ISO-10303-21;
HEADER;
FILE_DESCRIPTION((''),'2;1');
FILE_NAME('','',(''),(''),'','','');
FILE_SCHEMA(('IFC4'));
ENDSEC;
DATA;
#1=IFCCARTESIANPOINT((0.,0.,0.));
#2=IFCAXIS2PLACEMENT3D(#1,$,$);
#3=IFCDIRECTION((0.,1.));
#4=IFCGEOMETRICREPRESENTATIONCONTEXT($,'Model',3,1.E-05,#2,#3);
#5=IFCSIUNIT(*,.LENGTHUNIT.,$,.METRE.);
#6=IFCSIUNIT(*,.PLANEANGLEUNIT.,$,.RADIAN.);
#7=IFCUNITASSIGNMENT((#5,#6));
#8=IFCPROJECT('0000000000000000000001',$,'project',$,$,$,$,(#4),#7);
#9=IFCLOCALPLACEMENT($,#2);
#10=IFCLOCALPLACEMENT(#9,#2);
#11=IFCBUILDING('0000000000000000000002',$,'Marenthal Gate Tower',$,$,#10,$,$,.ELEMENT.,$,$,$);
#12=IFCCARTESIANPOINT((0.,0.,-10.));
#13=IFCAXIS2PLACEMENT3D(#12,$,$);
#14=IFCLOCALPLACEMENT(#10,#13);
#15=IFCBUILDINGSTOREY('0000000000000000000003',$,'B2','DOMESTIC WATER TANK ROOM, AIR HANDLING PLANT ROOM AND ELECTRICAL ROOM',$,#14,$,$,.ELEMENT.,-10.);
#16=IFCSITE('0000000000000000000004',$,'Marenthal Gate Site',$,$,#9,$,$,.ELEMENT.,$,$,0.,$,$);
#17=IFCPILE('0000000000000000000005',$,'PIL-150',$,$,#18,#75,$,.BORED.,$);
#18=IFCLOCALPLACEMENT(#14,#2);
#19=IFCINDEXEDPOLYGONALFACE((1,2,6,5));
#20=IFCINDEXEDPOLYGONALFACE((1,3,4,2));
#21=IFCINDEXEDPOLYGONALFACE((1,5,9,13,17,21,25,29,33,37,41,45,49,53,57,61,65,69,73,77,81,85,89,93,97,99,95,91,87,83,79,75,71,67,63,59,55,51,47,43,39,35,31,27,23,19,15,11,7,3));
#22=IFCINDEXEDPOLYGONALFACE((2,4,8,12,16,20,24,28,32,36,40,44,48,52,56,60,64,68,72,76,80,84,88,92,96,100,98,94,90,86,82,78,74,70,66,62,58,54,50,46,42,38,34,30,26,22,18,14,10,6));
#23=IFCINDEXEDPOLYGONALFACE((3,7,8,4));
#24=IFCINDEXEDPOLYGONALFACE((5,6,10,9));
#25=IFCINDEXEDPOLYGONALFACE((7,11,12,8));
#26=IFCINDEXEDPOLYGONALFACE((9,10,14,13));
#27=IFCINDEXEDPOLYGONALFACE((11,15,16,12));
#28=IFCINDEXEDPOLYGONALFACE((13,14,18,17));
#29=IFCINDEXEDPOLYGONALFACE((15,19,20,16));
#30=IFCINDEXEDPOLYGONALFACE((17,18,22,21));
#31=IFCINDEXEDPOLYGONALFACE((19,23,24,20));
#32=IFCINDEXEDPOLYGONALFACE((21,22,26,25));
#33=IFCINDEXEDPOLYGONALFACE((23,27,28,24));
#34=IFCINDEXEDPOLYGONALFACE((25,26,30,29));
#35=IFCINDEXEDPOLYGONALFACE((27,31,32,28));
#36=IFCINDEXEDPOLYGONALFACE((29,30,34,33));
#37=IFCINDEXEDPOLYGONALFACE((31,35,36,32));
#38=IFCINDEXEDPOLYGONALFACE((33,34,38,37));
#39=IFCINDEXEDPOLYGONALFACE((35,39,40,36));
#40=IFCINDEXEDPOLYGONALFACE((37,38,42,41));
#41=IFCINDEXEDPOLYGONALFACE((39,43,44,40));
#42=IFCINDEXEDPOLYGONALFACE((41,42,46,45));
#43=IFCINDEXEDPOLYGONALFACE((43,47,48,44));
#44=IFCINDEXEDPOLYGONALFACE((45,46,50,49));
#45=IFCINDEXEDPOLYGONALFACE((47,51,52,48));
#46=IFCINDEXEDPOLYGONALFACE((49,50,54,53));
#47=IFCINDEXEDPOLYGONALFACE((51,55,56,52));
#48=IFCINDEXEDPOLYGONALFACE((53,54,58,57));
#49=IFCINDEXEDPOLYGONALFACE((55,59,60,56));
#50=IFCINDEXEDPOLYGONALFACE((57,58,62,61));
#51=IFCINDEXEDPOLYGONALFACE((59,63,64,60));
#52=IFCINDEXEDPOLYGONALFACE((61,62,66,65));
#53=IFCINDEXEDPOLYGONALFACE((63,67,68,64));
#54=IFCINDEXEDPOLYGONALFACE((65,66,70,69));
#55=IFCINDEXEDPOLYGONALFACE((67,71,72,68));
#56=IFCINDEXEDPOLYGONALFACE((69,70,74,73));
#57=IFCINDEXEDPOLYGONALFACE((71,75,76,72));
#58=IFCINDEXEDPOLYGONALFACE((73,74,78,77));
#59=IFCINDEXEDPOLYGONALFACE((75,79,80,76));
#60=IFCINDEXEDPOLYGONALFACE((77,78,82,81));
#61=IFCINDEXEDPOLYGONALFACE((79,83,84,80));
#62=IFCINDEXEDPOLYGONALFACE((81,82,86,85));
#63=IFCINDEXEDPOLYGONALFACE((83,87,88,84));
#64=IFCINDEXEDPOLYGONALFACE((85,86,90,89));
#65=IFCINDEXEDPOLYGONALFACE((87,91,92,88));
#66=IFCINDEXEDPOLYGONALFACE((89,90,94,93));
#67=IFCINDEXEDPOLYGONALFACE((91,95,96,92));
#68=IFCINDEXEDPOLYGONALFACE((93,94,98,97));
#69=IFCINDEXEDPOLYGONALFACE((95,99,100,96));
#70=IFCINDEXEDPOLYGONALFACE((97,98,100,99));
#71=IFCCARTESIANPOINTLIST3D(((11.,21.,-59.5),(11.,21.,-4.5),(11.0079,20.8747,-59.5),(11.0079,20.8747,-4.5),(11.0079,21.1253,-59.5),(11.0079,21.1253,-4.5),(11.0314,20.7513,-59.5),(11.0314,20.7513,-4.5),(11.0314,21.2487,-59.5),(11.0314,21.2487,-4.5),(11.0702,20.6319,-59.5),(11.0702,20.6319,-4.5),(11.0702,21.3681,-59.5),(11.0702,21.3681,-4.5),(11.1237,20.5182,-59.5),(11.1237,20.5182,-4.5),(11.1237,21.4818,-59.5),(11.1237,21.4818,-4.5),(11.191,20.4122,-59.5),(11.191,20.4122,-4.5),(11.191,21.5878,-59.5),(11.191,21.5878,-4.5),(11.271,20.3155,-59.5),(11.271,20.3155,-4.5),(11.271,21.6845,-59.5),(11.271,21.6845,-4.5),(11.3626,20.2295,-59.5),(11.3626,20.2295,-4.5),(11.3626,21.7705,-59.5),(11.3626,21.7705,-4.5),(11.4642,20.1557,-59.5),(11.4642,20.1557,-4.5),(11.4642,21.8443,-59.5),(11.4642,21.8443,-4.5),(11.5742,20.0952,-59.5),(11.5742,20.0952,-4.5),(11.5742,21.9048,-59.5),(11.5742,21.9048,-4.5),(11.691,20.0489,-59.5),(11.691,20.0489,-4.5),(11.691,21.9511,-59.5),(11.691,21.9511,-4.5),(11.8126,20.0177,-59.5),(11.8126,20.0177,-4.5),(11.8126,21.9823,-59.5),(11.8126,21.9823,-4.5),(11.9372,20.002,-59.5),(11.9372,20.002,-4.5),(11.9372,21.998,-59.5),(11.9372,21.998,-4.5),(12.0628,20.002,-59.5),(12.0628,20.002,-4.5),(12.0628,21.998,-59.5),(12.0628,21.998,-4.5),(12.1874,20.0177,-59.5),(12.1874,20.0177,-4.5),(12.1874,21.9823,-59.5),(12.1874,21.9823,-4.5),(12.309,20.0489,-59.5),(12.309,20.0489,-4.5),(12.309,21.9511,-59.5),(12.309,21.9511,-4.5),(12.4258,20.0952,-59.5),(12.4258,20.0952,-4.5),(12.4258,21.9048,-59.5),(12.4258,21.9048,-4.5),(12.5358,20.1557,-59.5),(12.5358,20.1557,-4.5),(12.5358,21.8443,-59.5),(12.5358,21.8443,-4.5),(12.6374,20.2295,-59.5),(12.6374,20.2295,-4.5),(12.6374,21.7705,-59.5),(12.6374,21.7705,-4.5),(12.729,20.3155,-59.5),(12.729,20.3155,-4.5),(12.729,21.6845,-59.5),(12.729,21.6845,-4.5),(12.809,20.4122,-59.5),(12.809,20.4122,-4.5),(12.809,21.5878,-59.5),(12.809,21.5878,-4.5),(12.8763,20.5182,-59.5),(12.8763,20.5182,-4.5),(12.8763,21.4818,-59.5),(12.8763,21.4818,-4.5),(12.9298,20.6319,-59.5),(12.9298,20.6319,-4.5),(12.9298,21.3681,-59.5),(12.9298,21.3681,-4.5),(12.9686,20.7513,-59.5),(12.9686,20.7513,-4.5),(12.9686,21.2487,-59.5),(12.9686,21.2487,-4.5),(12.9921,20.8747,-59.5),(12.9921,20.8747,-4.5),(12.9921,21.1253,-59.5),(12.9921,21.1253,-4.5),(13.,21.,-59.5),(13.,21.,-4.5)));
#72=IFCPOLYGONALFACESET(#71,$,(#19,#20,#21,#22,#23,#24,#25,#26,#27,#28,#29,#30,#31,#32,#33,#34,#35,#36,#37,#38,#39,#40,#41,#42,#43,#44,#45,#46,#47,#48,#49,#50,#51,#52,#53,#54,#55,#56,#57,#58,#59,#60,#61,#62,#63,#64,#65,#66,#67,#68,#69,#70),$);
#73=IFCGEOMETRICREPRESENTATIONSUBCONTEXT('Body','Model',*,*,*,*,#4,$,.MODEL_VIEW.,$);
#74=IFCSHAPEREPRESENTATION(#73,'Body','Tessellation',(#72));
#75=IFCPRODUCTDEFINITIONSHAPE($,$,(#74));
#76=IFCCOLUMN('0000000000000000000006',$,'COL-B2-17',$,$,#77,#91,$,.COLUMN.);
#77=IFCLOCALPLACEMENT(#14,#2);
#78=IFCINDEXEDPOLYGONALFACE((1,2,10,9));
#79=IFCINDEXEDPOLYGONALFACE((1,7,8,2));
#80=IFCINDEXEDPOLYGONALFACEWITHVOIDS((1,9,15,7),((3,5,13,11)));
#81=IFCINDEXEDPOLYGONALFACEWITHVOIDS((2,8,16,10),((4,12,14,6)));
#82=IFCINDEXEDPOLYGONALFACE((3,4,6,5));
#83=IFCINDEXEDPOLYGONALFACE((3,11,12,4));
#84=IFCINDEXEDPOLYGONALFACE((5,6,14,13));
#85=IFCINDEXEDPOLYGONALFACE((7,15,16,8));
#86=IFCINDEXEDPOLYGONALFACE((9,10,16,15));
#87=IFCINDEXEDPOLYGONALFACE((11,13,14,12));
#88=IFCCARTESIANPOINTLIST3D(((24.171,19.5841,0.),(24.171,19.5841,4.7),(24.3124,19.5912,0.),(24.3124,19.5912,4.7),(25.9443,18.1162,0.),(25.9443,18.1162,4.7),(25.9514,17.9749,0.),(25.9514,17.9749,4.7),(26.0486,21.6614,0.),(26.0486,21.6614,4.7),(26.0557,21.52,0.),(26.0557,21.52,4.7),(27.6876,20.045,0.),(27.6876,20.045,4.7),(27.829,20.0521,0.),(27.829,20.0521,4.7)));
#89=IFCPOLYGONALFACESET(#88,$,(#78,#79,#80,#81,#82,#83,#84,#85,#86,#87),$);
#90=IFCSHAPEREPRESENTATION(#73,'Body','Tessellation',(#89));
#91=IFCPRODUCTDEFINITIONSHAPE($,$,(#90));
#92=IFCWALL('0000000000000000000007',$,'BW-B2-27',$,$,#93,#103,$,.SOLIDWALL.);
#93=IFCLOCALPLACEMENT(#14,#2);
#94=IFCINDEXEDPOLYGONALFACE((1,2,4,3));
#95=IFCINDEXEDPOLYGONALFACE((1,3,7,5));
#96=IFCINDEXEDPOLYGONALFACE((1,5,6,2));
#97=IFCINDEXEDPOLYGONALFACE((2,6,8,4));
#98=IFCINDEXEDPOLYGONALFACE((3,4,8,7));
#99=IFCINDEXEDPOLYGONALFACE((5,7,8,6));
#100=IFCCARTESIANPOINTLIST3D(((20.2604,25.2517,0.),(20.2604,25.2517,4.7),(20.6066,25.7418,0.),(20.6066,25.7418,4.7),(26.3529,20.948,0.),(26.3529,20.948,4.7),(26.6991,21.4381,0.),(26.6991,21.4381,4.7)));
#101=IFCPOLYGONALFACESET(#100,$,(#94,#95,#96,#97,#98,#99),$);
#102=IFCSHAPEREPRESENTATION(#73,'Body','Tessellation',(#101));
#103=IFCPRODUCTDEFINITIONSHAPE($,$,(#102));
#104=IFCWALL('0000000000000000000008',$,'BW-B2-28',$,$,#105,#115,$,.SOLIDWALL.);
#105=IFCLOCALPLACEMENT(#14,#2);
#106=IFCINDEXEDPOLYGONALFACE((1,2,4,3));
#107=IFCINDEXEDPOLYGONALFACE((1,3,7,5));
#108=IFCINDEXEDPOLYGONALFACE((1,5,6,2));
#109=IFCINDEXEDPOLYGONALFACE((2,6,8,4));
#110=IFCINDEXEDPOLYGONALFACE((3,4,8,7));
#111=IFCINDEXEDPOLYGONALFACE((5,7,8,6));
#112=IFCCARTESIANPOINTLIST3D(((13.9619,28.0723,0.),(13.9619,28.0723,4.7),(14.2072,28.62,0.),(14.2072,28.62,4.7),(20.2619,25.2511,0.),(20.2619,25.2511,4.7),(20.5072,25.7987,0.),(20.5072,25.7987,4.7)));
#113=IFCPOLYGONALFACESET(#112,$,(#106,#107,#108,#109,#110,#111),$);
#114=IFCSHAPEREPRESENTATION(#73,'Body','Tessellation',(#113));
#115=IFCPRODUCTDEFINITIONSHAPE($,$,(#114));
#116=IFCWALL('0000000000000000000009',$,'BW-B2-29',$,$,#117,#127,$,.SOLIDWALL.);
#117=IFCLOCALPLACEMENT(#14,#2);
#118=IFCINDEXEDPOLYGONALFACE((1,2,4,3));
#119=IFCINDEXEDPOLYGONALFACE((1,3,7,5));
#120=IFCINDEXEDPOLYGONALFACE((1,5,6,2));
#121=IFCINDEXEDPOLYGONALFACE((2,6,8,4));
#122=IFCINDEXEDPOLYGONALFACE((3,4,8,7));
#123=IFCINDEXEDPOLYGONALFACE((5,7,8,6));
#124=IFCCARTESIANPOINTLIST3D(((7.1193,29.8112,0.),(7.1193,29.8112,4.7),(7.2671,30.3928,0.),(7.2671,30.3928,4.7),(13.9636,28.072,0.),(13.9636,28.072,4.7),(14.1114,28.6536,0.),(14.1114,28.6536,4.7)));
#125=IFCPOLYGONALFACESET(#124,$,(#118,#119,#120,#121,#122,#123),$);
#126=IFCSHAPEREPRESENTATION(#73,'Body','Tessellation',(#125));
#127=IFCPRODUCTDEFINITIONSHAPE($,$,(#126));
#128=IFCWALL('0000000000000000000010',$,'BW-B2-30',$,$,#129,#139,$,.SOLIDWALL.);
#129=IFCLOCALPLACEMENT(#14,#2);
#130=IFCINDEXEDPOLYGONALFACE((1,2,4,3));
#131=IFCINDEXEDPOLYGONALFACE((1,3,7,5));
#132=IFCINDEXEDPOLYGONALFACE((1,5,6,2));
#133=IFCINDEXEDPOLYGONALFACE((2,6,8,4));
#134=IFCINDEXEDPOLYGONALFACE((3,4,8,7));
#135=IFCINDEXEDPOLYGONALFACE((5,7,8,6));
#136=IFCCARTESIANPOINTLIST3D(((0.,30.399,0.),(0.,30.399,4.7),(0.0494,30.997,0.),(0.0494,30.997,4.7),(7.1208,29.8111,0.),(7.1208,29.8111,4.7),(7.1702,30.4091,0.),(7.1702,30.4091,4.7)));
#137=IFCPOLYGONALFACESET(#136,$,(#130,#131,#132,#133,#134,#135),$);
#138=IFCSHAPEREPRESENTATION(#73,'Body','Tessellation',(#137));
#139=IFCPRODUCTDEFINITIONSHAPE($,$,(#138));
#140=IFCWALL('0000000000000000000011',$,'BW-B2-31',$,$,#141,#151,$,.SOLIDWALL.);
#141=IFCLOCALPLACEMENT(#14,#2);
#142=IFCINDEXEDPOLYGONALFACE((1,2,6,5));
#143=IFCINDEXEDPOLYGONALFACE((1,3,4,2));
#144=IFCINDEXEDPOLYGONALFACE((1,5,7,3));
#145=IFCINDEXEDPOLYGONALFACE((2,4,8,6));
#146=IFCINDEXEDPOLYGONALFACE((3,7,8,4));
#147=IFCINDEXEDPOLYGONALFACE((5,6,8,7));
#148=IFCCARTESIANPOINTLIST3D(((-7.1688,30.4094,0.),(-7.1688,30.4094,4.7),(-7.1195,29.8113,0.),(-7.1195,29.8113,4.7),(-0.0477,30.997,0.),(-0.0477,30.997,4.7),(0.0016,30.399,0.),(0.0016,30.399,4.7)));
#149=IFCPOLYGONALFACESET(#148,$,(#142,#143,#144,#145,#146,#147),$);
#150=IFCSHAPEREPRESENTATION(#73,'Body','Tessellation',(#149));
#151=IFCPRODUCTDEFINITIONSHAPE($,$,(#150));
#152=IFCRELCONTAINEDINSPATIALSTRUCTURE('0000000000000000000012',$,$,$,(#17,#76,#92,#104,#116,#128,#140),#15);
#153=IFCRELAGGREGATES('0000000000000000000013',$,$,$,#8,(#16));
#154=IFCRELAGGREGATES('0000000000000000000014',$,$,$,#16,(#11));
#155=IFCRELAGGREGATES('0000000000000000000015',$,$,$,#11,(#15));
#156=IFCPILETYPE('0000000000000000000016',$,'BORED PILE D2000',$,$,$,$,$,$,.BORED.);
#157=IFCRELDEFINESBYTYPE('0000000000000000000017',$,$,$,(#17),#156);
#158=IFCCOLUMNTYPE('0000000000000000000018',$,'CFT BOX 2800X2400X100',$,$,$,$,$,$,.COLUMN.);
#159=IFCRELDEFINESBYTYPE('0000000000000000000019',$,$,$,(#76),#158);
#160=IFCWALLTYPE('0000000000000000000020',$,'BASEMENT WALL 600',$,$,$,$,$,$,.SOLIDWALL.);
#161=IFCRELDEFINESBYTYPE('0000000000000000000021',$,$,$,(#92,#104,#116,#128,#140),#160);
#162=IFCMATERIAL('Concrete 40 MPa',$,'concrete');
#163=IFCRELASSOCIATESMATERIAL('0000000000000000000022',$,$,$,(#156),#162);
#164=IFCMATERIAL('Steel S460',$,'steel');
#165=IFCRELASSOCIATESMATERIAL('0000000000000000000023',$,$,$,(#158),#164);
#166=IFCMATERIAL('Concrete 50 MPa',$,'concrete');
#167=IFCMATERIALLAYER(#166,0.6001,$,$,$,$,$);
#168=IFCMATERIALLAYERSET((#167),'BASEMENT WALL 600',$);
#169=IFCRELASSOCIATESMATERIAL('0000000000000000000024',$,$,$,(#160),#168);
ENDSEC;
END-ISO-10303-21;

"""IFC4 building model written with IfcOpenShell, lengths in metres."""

from ifc_helpers import new_model, si_unit, direction, frame, frame_2d, origin, origin_2d, place, context, subcontext, project, spatial, rectangle, hollow_rectangle, circle, extrude, material, layer, layer_set, material_profile, profile_set, type_object, element, save


model = new_model("IFC4")

# Units and contexts
model_context = context("Model", 3, precision=1e-05, world=origin(), true_north=direction((0.0, 1.0)))
body_context = subcontext(model_context, "Body", "Model", "MODEL_VIEW")
ifc_project = project(units=[si_unit("LENGTHUNIT", "METRE"), si_unit("PLANEANGLEUNIT", "RADIAN")], contexts=[model_context])

# Site, building, storey
site_placement = place(None, origin())
site = spatial("IfcSite", under=ifc_project, at=site_placement, Name="Marenthal Gate Site", CompositionType="ELEMENT", RefElevation=0.0)
building_placement = place(site_placement, origin())
building = spatial("IfcBuilding", under=site, at=building_placement, Name="Marenthal Gate Tower", CompositionType="ELEMENT")
storey_placement = place(building_placement, frame((0.0, 0.0, -10.0)))
storey = spatial("IfcBuildingStorey", under=building, at=storey_placement, Name="B2", Description="DOMESTIC WATER TANK ROOM, AIR HANDLING PLANT ROOM AND ELECTRICAL ROOM", CompositionType="ELEMENT", Elevation=-10.0)

# Pile
ifc_material_1 = material(Name="Concrete 40 MPa", Category="concrete")
pile_type = type_object("IfcPileType", Name="BORED PILE D2000", PredefinedType="BORED", material=ifc_material_1)
for number, where, z_axis, x_axis, name in (
    (1, (12.0, 21.0, -4.5), (0.0, 0.0, -1.0), (1.0, 0.0, 0.0), "PIL-150"),
):
    element("IfcPile", number, at=place(storey_placement, frame(where, z_axis=z_axis, x_axis=x_axis)), inside=storey, type_object=pile_type, Name=name, PredefinedType="BORED", context=body_context, shape_type="SweptSolid", body=[
        extrude(circle(Radius=1.0, at=origin_2d()), origin(), (0.0, 0.0, 1.0), 55.0),
    ])

# Column
ifc_material_2 = material(Name="Steel S460", Category="steel")
ifc_material_profile_1 = material_profile(ifc_material_2, hollow_rectangle(XDim=2.3999, YDim=2.8, WallThickness=0.1001, at=origin_2d()), Name="CFT BOX 2800X2400X100")
ifc_material_3 = material(Name="Concrete 70 MPa", Category="concrete")
ifc_material_profile_2 = material_profile(ifc_material_3, rectangle(XDim=2.2, YDim=2.6001, at=origin_2d()), Name="CFT BOX 2800X2400X100 INFILL")
ifc_profile_set = profile_set([ifc_material_profile_1, ifc_material_profile_2], Name="Steel S460 shell, Concrete 70 MPa infill")
column_type = type_object("IfcColumnType", Name="CFT BOX 2800X2400X100", PredefinedType="COLUMN", material=ifc_profile_set)
column_placement = place(storey_placement, frame((26.0, 19.8181, 0.0), z_axis=(0.0, 0.0, 1.0), x_axis=(0.741874, -0.670539, 0.0)))
element("IfcColumn", 2, at=column_placement, inside=storey, type_object=column_type, Name="COL-B2-17", PredefinedType="COLUMN", context=body_context, shape_type="SweptSolid", body=[
    extrude(hollow_rectangle(XDim=2.3999, YDim=2.8, WallThickness=0.1001, at=origin_2d()), origin(), (0.0, 0.0, 1.0), 4.7),
])

# Walls
ifc_material_4 = material(Name="Concrete 50 MPa", Category="concrete")
ifc_layer_1 = layer(ifc_material_4, 0.6001)
ifc_layer_set_1 = layer_set([ifc_layer_1], Name="BASEMENT WALL 600")
wall_type_1 = type_object("IfcWallType", Name="BASEMENT WALL 600", PredefinedType="SOLIDWALL", material=ifc_layer_set_1)
wall_1_placement = place(storey_placement, frame((26.5259, 21.1931, 0.0), z_axis=(0.0, 0.0, 1.0), x_axis=(-0.816772, 0.576961, 0.0)))
element("IfcWall", 3, at=wall_1_placement, inside=storey, type_object=wall_type_1, Name="BW-B2-27", PredefinedType="SOLIDWALL", context=body_context, shape_type="SweptSolid", body=[
    extrude(rectangle(XDim=7.4592, YDim=0.6001, at=frame_2d((3.7295, 0.0))), origin(), (0.0, 0.0, 1.0), 4.7),
])
wall_2_placement = place(storey_placement, frame((20.3845, 25.5249, 0.0), z_axis=(0.0, 0.0, 1.0), x_axis=(-0.912664, 0.40871, 0.0)))
element("IfcWall", 4, at=wall_2_placement, inside=storey, type_object=wall_type_1, Name="BW-B2-28", PredefinedType="SOLIDWALL", context=body_context, shape_type="SweptSolid", body=[
    extrude(rectangle(XDim=6.9028, YDim=0.6001, at=frame_2d((3.4514, 0.0))), origin(), (0.0, 0.0, 1.0), 4.7),
])
wall_3_placement = place(storey_placement, frame((14.0374, 28.3628, 0.0), z_axis=(0.0, 0.0, 1.0), x_axis=(-0.969196, 0.246292, 0.0)))
element("IfcWall", 5, at=wall_3_placement, inside=storey, type_object=wall_type_1, Name="BW-B2-29", PredefinedType="SOLIDWALL", context=body_context, shape_type="SweptSolid", body=[
    extrude(rectangle(XDim=7.0618, YDim=0.6001, at=frame_2d((3.5308, 0.0))), origin(), (0.0, 0.0, 1.0), 4.7),
])
wall_4_placement = place(storey_placement, frame((7.1455, 30.1101, 0.0), z_axis=(0.0, 0.0, 1.0), x_axis=(-0.996609, 0.082279, 0.0)))
element("IfcWall", 6, at=wall_4_placement, inside=storey, type_object=wall_type_1, Name="BW-B2-30", PredefinedType="SOLIDWALL", context=body_context, shape_type="SweptSolid", body=[
    extrude(rectangle(XDim=7.145, YDim=0.6001, at=frame_2d((3.5725, 0.0))), origin(), (0.0, 0.0, 1.0), 4.7),
])
wall_5_placement = place(storey_placement, frame((-0.0229, 30.698, 0.0), z_axis=(0.0, 0.0, 1.0), x_axis=(-0.996612, -0.082242, 0.0)))
element("IfcWall", 7, at=wall_5_placement, inside=storey, type_object=wall_type_1, Name="BW-B2-31", PredefinedType="SOLIDWALL", context=body_context, shape_type="SweptSolid", body=[
    extrude(rectangle(XDim=7.1453, YDim=0.6001, at=frame_2d((3.5728, 0.0))), origin(), (0.0, 0.0, 1.0), 4.7),
])

save(model, "model.ifc")
